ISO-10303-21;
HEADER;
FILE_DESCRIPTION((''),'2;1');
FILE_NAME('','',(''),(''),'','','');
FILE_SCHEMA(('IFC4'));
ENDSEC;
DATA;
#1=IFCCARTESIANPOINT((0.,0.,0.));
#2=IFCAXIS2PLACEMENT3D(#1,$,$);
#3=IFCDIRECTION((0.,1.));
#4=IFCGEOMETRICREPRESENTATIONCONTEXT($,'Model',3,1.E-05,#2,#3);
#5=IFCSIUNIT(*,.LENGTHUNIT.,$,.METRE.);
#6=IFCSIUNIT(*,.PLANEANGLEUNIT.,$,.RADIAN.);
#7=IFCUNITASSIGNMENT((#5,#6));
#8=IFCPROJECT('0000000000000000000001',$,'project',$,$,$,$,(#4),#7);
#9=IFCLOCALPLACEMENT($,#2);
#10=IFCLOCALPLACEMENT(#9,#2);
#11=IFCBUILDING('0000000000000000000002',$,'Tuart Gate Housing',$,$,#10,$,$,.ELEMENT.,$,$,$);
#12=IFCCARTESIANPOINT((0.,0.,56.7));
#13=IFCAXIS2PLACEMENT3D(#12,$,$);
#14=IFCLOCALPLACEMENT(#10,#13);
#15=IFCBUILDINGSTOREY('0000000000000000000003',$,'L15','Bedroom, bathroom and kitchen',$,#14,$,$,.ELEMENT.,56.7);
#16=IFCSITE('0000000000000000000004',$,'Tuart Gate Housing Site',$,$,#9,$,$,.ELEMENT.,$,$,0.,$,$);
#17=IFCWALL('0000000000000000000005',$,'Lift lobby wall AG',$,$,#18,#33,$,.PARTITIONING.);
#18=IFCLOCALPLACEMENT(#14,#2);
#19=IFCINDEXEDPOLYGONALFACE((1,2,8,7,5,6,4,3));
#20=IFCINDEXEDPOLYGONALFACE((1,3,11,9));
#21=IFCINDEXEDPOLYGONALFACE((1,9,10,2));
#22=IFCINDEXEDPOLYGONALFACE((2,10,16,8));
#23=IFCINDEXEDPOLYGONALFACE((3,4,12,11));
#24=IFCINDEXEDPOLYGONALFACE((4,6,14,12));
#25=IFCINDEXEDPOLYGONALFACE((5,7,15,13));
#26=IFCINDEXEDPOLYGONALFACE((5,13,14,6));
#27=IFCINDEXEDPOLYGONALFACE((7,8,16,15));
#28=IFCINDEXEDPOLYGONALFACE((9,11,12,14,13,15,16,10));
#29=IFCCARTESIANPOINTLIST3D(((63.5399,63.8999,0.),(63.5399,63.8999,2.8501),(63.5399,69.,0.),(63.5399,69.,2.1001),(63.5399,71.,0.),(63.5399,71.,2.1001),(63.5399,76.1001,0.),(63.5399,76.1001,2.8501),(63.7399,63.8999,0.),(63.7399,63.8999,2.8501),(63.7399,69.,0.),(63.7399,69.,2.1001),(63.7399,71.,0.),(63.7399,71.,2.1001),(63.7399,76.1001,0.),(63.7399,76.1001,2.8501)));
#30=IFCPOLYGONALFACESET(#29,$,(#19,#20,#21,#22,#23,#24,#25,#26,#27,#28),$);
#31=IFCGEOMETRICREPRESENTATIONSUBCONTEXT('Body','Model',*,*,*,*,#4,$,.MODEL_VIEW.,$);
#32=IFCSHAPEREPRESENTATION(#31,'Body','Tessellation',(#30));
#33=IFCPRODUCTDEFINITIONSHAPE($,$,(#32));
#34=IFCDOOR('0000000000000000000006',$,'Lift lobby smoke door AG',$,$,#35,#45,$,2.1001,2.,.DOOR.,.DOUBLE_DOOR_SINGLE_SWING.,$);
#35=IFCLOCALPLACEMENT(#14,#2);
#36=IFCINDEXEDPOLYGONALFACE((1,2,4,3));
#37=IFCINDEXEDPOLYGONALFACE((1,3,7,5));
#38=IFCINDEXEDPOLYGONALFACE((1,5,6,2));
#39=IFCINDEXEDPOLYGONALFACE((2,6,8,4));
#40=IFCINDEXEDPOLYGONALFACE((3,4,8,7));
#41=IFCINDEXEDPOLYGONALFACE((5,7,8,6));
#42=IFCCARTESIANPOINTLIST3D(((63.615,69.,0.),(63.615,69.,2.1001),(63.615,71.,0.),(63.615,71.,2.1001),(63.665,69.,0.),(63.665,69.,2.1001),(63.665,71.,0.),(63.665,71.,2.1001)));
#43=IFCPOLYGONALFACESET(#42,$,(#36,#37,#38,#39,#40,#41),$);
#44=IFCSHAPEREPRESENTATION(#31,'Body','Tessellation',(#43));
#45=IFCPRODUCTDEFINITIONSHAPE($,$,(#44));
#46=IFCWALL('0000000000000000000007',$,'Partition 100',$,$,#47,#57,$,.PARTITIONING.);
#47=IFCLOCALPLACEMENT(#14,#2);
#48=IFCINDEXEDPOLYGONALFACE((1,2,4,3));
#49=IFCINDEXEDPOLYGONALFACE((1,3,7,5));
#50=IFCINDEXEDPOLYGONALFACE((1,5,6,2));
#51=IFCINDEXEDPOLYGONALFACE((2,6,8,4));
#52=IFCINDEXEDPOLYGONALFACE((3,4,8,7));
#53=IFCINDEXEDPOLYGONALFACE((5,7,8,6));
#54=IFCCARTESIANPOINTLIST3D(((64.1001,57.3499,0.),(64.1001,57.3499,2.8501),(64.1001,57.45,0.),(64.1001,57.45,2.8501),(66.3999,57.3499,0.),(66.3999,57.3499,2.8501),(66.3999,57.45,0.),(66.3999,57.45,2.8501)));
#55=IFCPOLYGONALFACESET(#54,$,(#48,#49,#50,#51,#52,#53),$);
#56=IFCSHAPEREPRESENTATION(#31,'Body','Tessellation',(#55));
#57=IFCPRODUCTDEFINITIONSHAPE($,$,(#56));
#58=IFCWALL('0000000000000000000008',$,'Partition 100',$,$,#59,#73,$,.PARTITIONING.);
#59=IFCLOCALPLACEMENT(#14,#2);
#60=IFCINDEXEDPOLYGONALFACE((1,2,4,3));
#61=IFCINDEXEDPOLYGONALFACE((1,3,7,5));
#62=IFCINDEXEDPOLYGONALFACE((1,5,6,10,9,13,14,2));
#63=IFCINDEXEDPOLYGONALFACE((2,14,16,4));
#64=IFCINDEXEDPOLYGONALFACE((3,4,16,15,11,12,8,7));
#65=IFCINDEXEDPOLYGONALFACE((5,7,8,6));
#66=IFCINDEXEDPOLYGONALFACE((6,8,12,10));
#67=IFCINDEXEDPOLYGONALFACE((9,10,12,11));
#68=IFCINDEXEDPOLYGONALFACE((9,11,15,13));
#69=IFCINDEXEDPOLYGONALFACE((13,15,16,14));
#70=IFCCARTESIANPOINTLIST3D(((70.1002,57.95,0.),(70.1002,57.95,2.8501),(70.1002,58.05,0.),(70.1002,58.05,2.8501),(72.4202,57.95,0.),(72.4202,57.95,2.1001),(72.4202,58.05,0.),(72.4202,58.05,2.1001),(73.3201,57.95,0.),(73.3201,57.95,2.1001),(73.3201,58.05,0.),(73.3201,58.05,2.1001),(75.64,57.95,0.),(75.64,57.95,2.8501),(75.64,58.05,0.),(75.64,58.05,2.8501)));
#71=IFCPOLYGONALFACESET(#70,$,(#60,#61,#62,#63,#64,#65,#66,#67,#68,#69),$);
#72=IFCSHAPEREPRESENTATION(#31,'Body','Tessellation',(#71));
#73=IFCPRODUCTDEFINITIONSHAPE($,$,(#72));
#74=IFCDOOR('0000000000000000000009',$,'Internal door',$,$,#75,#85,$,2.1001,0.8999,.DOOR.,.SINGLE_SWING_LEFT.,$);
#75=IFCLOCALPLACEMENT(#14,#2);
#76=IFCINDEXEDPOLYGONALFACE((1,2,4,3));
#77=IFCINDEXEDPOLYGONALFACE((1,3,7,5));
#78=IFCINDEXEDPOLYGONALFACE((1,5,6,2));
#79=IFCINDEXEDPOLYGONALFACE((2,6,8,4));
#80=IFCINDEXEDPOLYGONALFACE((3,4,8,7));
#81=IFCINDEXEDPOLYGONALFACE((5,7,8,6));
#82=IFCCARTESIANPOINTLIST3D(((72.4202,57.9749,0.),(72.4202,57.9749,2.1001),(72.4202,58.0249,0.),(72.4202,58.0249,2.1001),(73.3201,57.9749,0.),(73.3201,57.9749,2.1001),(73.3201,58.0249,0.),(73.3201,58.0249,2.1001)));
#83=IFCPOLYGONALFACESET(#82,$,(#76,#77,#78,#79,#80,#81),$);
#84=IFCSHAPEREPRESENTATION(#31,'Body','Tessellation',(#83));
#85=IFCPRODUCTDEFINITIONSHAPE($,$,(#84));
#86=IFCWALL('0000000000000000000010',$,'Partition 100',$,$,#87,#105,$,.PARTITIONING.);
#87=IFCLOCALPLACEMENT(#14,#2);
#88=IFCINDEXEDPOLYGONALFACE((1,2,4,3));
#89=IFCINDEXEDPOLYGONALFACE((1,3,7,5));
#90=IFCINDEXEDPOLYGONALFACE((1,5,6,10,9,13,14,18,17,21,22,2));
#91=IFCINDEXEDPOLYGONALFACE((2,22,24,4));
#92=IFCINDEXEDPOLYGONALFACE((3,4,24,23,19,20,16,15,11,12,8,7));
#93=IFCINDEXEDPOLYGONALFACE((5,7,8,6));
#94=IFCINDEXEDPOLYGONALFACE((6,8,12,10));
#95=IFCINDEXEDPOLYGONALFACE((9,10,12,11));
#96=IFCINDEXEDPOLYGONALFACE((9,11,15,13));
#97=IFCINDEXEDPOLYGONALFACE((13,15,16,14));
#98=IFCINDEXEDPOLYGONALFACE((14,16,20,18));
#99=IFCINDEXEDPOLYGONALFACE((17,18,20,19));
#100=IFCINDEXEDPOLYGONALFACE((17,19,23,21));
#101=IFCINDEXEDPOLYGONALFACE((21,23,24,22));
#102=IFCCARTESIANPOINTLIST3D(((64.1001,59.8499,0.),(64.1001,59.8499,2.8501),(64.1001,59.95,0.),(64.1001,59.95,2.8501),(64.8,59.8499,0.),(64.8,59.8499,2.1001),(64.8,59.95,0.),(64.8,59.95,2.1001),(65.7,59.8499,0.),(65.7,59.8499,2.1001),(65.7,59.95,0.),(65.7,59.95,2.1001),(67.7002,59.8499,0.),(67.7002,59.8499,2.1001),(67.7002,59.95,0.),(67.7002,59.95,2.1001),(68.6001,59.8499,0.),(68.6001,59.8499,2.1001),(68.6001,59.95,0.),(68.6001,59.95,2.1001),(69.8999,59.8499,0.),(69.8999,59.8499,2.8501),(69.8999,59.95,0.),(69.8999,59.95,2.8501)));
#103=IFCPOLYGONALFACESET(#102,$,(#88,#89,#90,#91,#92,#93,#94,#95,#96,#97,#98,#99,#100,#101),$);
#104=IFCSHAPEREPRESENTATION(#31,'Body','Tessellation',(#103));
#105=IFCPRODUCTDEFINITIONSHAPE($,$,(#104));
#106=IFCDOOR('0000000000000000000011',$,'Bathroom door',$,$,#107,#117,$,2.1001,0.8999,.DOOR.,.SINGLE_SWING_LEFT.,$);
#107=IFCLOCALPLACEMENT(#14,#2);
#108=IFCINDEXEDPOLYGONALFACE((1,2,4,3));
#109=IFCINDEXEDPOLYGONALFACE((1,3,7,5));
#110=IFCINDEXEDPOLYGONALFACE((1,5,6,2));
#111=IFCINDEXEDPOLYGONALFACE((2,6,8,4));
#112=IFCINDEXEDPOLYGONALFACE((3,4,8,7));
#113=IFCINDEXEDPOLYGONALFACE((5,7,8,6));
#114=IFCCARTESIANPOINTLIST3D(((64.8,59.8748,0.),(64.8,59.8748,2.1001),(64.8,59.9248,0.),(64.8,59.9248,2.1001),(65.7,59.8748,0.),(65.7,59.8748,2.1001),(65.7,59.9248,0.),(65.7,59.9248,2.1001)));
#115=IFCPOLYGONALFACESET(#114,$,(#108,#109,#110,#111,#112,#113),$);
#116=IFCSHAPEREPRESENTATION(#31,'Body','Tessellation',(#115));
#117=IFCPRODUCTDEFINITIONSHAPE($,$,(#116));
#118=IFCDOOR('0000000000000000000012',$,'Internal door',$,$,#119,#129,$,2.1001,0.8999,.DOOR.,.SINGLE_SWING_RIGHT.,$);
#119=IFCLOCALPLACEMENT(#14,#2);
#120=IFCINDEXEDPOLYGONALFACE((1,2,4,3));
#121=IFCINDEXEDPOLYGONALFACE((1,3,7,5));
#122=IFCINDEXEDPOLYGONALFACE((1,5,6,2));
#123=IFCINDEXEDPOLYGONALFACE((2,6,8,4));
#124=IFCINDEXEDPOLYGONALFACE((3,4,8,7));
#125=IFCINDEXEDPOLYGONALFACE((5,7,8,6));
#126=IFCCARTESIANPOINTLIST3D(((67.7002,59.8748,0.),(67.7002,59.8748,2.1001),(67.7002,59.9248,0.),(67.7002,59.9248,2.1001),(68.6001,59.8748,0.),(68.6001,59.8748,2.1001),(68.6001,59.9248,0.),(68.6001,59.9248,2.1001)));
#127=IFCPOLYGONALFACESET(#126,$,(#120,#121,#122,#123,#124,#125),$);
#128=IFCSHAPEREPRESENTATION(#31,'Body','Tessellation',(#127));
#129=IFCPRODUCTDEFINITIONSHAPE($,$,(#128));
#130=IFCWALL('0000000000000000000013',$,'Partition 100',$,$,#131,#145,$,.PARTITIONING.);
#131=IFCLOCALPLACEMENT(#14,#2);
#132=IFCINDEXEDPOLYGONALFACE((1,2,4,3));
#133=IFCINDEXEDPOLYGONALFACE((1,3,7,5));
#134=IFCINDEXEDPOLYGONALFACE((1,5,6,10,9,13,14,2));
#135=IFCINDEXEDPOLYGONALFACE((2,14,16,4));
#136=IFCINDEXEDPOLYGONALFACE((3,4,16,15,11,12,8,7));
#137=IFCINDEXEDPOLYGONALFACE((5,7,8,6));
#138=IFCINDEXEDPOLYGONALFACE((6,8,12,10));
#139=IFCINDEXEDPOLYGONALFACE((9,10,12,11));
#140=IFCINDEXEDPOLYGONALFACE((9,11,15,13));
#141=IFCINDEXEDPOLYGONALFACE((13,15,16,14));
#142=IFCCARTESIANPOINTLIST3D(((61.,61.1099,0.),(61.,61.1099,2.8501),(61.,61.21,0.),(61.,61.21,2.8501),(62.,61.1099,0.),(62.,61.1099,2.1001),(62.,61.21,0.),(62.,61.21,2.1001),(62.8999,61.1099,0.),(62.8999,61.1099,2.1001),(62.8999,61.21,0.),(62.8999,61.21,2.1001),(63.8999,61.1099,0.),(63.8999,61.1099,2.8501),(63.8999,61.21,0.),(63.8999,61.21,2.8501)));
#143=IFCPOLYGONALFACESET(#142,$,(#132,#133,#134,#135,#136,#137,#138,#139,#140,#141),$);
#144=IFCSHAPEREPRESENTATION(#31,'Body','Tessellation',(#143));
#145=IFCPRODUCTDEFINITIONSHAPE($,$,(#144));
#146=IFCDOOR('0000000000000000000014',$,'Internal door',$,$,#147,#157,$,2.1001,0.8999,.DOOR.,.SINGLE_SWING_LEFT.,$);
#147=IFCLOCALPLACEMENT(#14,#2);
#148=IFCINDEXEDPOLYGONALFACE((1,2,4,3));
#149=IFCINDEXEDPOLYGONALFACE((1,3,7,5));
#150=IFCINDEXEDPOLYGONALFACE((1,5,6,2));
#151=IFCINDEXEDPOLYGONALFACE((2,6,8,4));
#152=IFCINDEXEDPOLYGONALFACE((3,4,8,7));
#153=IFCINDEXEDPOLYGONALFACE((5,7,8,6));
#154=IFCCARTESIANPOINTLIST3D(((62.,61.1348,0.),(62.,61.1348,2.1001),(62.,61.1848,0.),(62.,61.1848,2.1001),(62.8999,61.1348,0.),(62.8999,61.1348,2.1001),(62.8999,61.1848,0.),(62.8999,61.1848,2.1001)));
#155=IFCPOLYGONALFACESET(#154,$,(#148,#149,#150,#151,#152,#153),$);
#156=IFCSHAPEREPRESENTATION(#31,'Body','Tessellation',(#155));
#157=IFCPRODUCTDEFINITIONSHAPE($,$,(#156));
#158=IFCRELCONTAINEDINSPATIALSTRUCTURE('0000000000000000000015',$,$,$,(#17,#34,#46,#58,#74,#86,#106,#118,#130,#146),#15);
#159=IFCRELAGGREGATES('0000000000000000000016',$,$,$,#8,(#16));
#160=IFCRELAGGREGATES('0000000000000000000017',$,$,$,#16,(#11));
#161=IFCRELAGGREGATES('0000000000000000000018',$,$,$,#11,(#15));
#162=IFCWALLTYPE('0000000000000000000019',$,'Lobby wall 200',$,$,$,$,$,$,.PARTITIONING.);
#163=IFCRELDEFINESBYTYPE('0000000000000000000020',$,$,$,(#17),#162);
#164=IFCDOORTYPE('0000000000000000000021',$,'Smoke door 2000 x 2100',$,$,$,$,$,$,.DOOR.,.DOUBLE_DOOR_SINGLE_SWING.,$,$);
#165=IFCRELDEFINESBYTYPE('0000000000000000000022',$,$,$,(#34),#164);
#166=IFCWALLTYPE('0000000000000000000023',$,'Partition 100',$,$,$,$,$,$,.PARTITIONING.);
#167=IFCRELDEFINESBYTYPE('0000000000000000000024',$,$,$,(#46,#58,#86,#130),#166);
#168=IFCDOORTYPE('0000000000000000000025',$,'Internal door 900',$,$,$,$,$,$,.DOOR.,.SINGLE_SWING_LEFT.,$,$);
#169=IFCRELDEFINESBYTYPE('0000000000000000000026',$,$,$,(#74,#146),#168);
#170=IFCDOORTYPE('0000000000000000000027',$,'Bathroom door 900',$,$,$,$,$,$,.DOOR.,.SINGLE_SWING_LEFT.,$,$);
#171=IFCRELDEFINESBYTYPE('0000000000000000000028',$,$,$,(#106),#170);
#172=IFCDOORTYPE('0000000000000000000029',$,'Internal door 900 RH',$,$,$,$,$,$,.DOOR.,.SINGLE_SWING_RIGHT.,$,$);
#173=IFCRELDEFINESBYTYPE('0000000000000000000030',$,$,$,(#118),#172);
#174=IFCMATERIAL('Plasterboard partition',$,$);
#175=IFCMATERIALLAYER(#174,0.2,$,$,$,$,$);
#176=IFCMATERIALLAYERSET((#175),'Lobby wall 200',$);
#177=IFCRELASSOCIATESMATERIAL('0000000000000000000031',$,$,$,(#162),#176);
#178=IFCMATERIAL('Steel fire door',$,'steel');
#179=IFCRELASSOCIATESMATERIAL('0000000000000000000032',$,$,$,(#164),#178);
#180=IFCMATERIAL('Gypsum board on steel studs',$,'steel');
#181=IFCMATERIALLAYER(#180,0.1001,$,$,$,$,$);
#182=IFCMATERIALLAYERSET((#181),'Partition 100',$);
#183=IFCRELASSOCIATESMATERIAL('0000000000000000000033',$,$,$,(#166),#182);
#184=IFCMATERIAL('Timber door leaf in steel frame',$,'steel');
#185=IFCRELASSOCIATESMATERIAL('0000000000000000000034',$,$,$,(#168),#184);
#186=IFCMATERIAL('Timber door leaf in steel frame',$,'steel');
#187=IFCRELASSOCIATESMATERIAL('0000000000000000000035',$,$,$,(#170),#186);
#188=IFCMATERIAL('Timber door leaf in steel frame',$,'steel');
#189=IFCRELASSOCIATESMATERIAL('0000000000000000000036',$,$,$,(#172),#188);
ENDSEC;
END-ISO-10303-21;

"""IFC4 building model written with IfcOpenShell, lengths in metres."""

from ifc_helpers import new_model, si_unit, direction, frame, frame_2d, origin, place, context, subcontext, project, spatial, rectangle, extrude, material, layer, layer_set, type_object, element, fill, save


model = new_model("IFC4")

# Units and contexts
model_context = context("Model", 3, precision=1e-05, world=origin(), true_north=direction((0.0, 1.0)))
body_context = subcontext(model_context, "Body", "Model", "MODEL_VIEW")
ifc_project = project(units=[si_unit("LENGTHUNIT", "METRE"), si_unit("PLANEANGLEUNIT", "RADIAN")], contexts=[model_context])

# Site, building, storey
site_placement = place(None, origin())
site = spatial("IfcSite", under=ifc_project, at=site_placement, Name="Tuart Gate Housing Site", CompositionType="ELEMENT", RefElevation=0.0)
building_placement = place(site_placement, origin())
building = spatial("IfcBuilding", under=site, at=building_placement, Name="Tuart Gate Housing", CompositionType="ELEMENT")
storey_placement = place(building_placement, frame((0.0, 0.0, 56.7)))
storey = spatial("IfcBuildingStorey", under=building, at=storey_placement, Name="L15", Description="Bedroom, bathroom and kitchen", CompositionType="ELEMENT", Elevation=56.7)

# Wall, opening, door
ifc_material_1 = material(Name="Plasterboard partition")
ifc_layer_1 = layer(ifc_material_1, 0.2)
ifc_layer_set_1 = layer_set([ifc_layer_1], Name="Lobby wall 200")
wall_type_1 = type_object("IfcWallType", Name="Lobby wall 200", PredefinedType="PARTITIONING", material=ifc_layer_set_1)
wall_1_placement = place(storey_placement, frame((63.6399, 63.8999, 0.0), z_axis=(0.0, 0.0, 1.0), x_axis=(0.0, 1.0, 0.0)))
wall_1 = element("IfcWall", 1, at=wall_1_placement, inside=storey, type_object=wall_type_1, Name="Lift lobby wall AG", PredefinedType="PARTITIONING", context=body_context, shape_type="SweptSolid", body=[
    extrude(rectangle(XDim=12.2002, YDim=0.2, at=frame_2d((6.1001, 0.0))), origin(), (0.0, 0.0, 1.0), 2.8501),
])
opening_1_placement = place(wall_1_placement, frame((5.1001, 0.0, 0.0)))
opening_1 = element("IfcOpeningElement", 2, at=opening_1_placement, cuts=wall_1, PredefinedType="OPENING", context=body_context, shape_type="SweptSolid", body=[
    extrude(rectangle(XDim=2.0, YDim=2.1001, at=frame_2d((1.0, 1.05))), frame((0.0, 0.1099, 0.0), z_axis=(0.0, -1.0, 0.0), x_axis=(1.0, 0.0, 0.0)), (0.0, 0.0, 1.0), 0.22),
])
ifc_material_2 = material(Name="Steel fire door", Category="steel")
door_type_1 = type_object("IfcDoorType", Name="Smoke door 2000 x 2100", OperationType="DOUBLE_DOOR_SINGLE_SWING", PredefinedType="DOOR", material=ifc_material_2)
door_1_placement = place(opening_1_placement, frame((2.0, 0.0, 0.0), z_axis=(0.0, 0.0, 1.0), x_axis=(-1.0, 0.0, 0.0)))
door_1 = element("IfcDoor", 3, at=door_1_placement, inside=storey, type_object=door_type_1, Name="Lift lobby smoke door AG", OperationType="DOUBLE_DOOR_SINGLE_SWING", OverallHeight=2.1001, OverallWidth=2.0, PredefinedType="DOOR", context=body_context, shape_type="SweptSolid", body=[
    extrude(rectangle(XDim=2.0, YDim=2.1001, at=frame_2d((1.0, 1.05))), frame((0.0, 0.0251, 0.0), z_axis=(0.0, -1.0, 0.0), x_axis=(1.0, 0.0, 0.0)), (0.0, 0.0, 1.0), 0.05),
])
fill(opening_1, door_1)

# Wall
ifc_material_3 = material(Name="Gypsum board on steel studs", Category="steel")
ifc_layer_2 = layer(ifc_material_3, 0.1001)
ifc_layer_set_2 = layer_set([ifc_layer_2], Name="Partition 100")
wall_type_2 = type_object("IfcWallType", Name="Partition 100", PredefinedType="PARTITIONING", material=ifc_layer_set_2)
wall_2_placement = place(storey_placement, frame((64.1001, 57.3999, 0.0), z_axis=(0.0, 0.0, 1.0), x_axis=(1.0, 0.0, 0.0)))
element("IfcWall", 4, at=wall_2_placement, inside=storey, type_object=wall_type_2, Name="Partition 100", PredefinedType="PARTITIONING", context=body_context, shape_type="SweptSolid", body=[
    extrude(rectangle(XDim=2.2998, YDim=0.1001, at=frame_2d((1.1499, 0.0))), origin(), (0.0, 0.0, 1.0), 2.8501),
])

# Wall, opening, door
wall_3_placement = place(storey_placement, frame((70.1001, 58.0, 0.0), z_axis=(0.0, 0.0, 1.0), x_axis=(1.0, 0.0, 0.0)))
wall_3 = element("IfcWall", 5, at=wall_3_placement, inside=storey, type_object=wall_type_2, Name="Partition 100", PredefinedType="PARTITIONING", context=body_context, shape_type="SweptSolid", body=[
    extrude(rectangle(XDim=5.5398, YDim=0.1001, at=frame_2d((2.77, 0.0))), origin(), (0.0, 0.0, 1.0), 2.8501),
])
opening_2_placement = place(wall_3_placement, frame((2.3201, 0.0, 0.0)))
opening_2 = element("IfcOpeningElement", 6, at=opening_2_placement, cuts=wall_3, PredefinedType="OPENING", context=body_context, shape_type="SweptSolid", body=[
    extrude(rectangle(XDim=0.8999, YDim=2.1001, at=frame_2d((0.45, 1.05))), frame((0.0, 0.0601, 0.0), z_axis=(0.0, -1.0, 0.0), x_axis=(1.0, 0.0, 0.0)), (0.0, 0.0, 1.0), 0.1201),
])
ifc_material_4 = material(Name="Timber door leaf in steel frame", Category="steel")
door_type_2 = type_object("IfcDoorType", Name="Internal door 900", OperationType="SINGLE_SWING_LEFT", PredefinedType="DOOR", material=ifc_material_4)
door_2_placement = place(opening_2_placement, frame((0.8999, 0.0, 0.0), z_axis=(0.0, 0.0, 1.0), x_axis=(-1.0, 0.0, 0.0)))
door_2 = element("IfcDoor", 7, at=door_2_placement, inside=storey, type_object=door_type_2, Name="Internal door", OperationType="SINGLE_SWING_LEFT", OverallHeight=2.1001, OverallWidth=0.8999, PredefinedType="DOOR", context=body_context, shape_type="SweptSolid", body=[
    extrude(rectangle(XDim=0.8999, YDim=2.1001, at=frame_2d((0.45, 1.05))), frame((0.0, 0.0251, 0.0), z_axis=(0.0, -1.0, 0.0), x_axis=(1.0, 0.0, 0.0)), (0.0, 0.0, 1.0), 0.05),
])
fill(opening_2, door_2)

# Wall, openings, doors
wall_4_placement = place(storey_placement, frame((64.1001, 59.8999, 0.0), z_axis=(0.0, 0.0, 1.0), x_axis=(1.0, 0.0, 0.0)))
wall_4 = element("IfcWall", 8, at=wall_4_placement, inside=storey, type_object=wall_type_2, Name="Partition 100", PredefinedType="PARTITIONING", context=body_context, shape_type="SweptSolid", body=[
    extrude(rectangle(XDim=5.7998, YDim=0.1001, at=frame_2d((2.8999, 0.0))), origin(), (0.0, 0.0, 1.0), 2.8501),
])
opening_3_placement = place(wall_4_placement, frame((3.6001, 0.0, 0.0)))
opening_3 = element("IfcOpeningElement", 9, at=opening_3_placement, cuts=wall_4, PredefinedType="OPENING", context=body_context, shape_type="SweptSolid", body=[
    extrude(rectangle(XDim=0.8999, YDim=2.1001, at=frame_2d((0.45, 1.05))), frame((0.0, 0.0601, 0.0), z_axis=(0.0, -1.0, 0.0), x_axis=(1.0, 0.0, 0.0)), (0.0, 0.0, 1.0), 0.1201),
])
opening_4_placement = place(wall_4_placement, frame((0.7, 0.0, 0.0)))
opening_4 = element("IfcOpeningElement", 10, at=opening_4_placement, cuts=wall_4, PredefinedType="OPENING", context=body_context, shape_type="SweptSolid", body=[
    extrude(rectangle(XDim=0.8999, YDim=2.1001, at=frame_2d((0.45, 1.05))), frame((0.0, 0.0601, 0.0), z_axis=(0.0, -1.0, 0.0), x_axis=(1.0, 0.0, 0.0)), (0.0, 0.0, 1.0), 0.1201),
])
ifc_material_5 = material(Name="Timber door leaf in steel frame", Category="steel")
door_type_3 = type_object("IfcDoorType", Name="Bathroom door 900", OperationType="SINGLE_SWING_LEFT", PredefinedType="DOOR", material=ifc_material_5)
door_3_placement = place(opening_4_placement, frame((0.8999, 0.0, 0.0), z_axis=(0.0, 0.0, 1.0), x_axis=(-1.0, 0.0, 0.0)))
door_3 = element("IfcDoor", 11, at=door_3_placement, inside=storey, type_object=door_type_3, Name="Bathroom door", OperationType="SINGLE_SWING_LEFT", OverallHeight=2.1001, OverallWidth=0.8999, PredefinedType="DOOR", context=body_context, shape_type="SweptSolid", body=[
    extrude(rectangle(XDim=0.8999, YDim=2.1001, at=frame_2d((0.45, 1.05))), frame((0.0, 0.0251, 0.0), z_axis=(0.0, -1.0, 0.0), x_axis=(1.0, 0.0, 0.0)), (0.0, 0.0, 1.0), 0.05),
])
fill(opening_4, door_3)
ifc_material_6 = material(Name="Timber door leaf in steel frame", Category="steel")
door_type_4 = type_object("IfcDoorType", Name="Internal door 900 RH", OperationType="SINGLE_SWING_RIGHT", PredefinedType="DOOR", material=ifc_material_6)
door_4_placement = place(opening_3_placement, frame((0.8999, 0.0, 0.0), z_axis=(0.0, 0.0, 1.0), x_axis=(-1.0, 0.0, 0.0)))
door_4 = element("IfcDoor", 12, at=door_4_placement, inside=storey, type_object=door_type_4, Name="Internal door", OperationType="SINGLE_SWING_RIGHT", OverallHeight=2.1001, OverallWidth=0.8999, PredefinedType="DOOR", context=body_context, shape_type="SweptSolid", body=[
    extrude(rectangle(XDim=0.8999, YDim=2.1001, at=frame_2d((0.45, 1.05))), frame((0.0, 0.0251, 0.0), z_axis=(0.0, -1.0, 0.0), x_axis=(1.0, 0.0, 0.0)), (0.0, 0.0, 1.0), 0.05),
])
fill(opening_3, door_4)

# Wall, opening, door
wall_5_placement = place(storey_placement, frame((61.0, 61.1599, 0.0), z_axis=(0.0, 0.0, 1.0), x_axis=(1.0, 0.0, 0.0)))
wall_5 = element("IfcWall", 13, at=wall_5_placement, inside=storey, type_object=wall_type_2, Name="Partition 100", PredefinedType="PARTITIONING", context=body_context, shape_type="SweptSolid", body=[
    extrude(rectangle(XDim=2.8999, YDim=0.1001, at=frame_2d((1.45, 0.0))), origin(), (0.0, 0.0, 1.0), 2.8501),
])
opening_5_placement = place(wall_5_placement, frame((1.0, 0.0, 0.0)))
opening_5 = element("IfcOpeningElement", 14, at=opening_5_placement, cuts=wall_5, PredefinedType="OPENING", context=body_context, shape_type="SweptSolid", body=[
    extrude(rectangle(XDim=0.8999, YDim=2.1001, at=frame_2d((0.45, 1.05))), frame((0.0, 0.0601, 0.0), z_axis=(0.0, -1.0, 0.0), x_axis=(1.0, 0.0, 0.0)), (0.0, 0.0, 1.0), 0.1201),
])
door_5_placement = place(opening_5_placement, origin())
door_5 = element("IfcDoor", 15, at=door_5_placement, inside=storey, type_object=door_type_2, Name="Internal door", OperationType="SINGLE_SWING_LEFT", OverallHeight=2.1001, OverallWidth=0.8999, PredefinedType="DOOR", context=body_context, shape_type="SweptSolid", body=[
    extrude(rectangle(XDim=0.8999, YDim=2.1001, at=frame_2d((0.45, 1.05))), frame((0.0, 0.0249, 0.0), z_axis=(0.0, -1.0, 0.0), x_axis=(1.0, 0.0, 0.0)), (0.0, 0.0, 1.0), 0.05),
])
fill(opening_5, door_5)

save(model, "model.ifc")
